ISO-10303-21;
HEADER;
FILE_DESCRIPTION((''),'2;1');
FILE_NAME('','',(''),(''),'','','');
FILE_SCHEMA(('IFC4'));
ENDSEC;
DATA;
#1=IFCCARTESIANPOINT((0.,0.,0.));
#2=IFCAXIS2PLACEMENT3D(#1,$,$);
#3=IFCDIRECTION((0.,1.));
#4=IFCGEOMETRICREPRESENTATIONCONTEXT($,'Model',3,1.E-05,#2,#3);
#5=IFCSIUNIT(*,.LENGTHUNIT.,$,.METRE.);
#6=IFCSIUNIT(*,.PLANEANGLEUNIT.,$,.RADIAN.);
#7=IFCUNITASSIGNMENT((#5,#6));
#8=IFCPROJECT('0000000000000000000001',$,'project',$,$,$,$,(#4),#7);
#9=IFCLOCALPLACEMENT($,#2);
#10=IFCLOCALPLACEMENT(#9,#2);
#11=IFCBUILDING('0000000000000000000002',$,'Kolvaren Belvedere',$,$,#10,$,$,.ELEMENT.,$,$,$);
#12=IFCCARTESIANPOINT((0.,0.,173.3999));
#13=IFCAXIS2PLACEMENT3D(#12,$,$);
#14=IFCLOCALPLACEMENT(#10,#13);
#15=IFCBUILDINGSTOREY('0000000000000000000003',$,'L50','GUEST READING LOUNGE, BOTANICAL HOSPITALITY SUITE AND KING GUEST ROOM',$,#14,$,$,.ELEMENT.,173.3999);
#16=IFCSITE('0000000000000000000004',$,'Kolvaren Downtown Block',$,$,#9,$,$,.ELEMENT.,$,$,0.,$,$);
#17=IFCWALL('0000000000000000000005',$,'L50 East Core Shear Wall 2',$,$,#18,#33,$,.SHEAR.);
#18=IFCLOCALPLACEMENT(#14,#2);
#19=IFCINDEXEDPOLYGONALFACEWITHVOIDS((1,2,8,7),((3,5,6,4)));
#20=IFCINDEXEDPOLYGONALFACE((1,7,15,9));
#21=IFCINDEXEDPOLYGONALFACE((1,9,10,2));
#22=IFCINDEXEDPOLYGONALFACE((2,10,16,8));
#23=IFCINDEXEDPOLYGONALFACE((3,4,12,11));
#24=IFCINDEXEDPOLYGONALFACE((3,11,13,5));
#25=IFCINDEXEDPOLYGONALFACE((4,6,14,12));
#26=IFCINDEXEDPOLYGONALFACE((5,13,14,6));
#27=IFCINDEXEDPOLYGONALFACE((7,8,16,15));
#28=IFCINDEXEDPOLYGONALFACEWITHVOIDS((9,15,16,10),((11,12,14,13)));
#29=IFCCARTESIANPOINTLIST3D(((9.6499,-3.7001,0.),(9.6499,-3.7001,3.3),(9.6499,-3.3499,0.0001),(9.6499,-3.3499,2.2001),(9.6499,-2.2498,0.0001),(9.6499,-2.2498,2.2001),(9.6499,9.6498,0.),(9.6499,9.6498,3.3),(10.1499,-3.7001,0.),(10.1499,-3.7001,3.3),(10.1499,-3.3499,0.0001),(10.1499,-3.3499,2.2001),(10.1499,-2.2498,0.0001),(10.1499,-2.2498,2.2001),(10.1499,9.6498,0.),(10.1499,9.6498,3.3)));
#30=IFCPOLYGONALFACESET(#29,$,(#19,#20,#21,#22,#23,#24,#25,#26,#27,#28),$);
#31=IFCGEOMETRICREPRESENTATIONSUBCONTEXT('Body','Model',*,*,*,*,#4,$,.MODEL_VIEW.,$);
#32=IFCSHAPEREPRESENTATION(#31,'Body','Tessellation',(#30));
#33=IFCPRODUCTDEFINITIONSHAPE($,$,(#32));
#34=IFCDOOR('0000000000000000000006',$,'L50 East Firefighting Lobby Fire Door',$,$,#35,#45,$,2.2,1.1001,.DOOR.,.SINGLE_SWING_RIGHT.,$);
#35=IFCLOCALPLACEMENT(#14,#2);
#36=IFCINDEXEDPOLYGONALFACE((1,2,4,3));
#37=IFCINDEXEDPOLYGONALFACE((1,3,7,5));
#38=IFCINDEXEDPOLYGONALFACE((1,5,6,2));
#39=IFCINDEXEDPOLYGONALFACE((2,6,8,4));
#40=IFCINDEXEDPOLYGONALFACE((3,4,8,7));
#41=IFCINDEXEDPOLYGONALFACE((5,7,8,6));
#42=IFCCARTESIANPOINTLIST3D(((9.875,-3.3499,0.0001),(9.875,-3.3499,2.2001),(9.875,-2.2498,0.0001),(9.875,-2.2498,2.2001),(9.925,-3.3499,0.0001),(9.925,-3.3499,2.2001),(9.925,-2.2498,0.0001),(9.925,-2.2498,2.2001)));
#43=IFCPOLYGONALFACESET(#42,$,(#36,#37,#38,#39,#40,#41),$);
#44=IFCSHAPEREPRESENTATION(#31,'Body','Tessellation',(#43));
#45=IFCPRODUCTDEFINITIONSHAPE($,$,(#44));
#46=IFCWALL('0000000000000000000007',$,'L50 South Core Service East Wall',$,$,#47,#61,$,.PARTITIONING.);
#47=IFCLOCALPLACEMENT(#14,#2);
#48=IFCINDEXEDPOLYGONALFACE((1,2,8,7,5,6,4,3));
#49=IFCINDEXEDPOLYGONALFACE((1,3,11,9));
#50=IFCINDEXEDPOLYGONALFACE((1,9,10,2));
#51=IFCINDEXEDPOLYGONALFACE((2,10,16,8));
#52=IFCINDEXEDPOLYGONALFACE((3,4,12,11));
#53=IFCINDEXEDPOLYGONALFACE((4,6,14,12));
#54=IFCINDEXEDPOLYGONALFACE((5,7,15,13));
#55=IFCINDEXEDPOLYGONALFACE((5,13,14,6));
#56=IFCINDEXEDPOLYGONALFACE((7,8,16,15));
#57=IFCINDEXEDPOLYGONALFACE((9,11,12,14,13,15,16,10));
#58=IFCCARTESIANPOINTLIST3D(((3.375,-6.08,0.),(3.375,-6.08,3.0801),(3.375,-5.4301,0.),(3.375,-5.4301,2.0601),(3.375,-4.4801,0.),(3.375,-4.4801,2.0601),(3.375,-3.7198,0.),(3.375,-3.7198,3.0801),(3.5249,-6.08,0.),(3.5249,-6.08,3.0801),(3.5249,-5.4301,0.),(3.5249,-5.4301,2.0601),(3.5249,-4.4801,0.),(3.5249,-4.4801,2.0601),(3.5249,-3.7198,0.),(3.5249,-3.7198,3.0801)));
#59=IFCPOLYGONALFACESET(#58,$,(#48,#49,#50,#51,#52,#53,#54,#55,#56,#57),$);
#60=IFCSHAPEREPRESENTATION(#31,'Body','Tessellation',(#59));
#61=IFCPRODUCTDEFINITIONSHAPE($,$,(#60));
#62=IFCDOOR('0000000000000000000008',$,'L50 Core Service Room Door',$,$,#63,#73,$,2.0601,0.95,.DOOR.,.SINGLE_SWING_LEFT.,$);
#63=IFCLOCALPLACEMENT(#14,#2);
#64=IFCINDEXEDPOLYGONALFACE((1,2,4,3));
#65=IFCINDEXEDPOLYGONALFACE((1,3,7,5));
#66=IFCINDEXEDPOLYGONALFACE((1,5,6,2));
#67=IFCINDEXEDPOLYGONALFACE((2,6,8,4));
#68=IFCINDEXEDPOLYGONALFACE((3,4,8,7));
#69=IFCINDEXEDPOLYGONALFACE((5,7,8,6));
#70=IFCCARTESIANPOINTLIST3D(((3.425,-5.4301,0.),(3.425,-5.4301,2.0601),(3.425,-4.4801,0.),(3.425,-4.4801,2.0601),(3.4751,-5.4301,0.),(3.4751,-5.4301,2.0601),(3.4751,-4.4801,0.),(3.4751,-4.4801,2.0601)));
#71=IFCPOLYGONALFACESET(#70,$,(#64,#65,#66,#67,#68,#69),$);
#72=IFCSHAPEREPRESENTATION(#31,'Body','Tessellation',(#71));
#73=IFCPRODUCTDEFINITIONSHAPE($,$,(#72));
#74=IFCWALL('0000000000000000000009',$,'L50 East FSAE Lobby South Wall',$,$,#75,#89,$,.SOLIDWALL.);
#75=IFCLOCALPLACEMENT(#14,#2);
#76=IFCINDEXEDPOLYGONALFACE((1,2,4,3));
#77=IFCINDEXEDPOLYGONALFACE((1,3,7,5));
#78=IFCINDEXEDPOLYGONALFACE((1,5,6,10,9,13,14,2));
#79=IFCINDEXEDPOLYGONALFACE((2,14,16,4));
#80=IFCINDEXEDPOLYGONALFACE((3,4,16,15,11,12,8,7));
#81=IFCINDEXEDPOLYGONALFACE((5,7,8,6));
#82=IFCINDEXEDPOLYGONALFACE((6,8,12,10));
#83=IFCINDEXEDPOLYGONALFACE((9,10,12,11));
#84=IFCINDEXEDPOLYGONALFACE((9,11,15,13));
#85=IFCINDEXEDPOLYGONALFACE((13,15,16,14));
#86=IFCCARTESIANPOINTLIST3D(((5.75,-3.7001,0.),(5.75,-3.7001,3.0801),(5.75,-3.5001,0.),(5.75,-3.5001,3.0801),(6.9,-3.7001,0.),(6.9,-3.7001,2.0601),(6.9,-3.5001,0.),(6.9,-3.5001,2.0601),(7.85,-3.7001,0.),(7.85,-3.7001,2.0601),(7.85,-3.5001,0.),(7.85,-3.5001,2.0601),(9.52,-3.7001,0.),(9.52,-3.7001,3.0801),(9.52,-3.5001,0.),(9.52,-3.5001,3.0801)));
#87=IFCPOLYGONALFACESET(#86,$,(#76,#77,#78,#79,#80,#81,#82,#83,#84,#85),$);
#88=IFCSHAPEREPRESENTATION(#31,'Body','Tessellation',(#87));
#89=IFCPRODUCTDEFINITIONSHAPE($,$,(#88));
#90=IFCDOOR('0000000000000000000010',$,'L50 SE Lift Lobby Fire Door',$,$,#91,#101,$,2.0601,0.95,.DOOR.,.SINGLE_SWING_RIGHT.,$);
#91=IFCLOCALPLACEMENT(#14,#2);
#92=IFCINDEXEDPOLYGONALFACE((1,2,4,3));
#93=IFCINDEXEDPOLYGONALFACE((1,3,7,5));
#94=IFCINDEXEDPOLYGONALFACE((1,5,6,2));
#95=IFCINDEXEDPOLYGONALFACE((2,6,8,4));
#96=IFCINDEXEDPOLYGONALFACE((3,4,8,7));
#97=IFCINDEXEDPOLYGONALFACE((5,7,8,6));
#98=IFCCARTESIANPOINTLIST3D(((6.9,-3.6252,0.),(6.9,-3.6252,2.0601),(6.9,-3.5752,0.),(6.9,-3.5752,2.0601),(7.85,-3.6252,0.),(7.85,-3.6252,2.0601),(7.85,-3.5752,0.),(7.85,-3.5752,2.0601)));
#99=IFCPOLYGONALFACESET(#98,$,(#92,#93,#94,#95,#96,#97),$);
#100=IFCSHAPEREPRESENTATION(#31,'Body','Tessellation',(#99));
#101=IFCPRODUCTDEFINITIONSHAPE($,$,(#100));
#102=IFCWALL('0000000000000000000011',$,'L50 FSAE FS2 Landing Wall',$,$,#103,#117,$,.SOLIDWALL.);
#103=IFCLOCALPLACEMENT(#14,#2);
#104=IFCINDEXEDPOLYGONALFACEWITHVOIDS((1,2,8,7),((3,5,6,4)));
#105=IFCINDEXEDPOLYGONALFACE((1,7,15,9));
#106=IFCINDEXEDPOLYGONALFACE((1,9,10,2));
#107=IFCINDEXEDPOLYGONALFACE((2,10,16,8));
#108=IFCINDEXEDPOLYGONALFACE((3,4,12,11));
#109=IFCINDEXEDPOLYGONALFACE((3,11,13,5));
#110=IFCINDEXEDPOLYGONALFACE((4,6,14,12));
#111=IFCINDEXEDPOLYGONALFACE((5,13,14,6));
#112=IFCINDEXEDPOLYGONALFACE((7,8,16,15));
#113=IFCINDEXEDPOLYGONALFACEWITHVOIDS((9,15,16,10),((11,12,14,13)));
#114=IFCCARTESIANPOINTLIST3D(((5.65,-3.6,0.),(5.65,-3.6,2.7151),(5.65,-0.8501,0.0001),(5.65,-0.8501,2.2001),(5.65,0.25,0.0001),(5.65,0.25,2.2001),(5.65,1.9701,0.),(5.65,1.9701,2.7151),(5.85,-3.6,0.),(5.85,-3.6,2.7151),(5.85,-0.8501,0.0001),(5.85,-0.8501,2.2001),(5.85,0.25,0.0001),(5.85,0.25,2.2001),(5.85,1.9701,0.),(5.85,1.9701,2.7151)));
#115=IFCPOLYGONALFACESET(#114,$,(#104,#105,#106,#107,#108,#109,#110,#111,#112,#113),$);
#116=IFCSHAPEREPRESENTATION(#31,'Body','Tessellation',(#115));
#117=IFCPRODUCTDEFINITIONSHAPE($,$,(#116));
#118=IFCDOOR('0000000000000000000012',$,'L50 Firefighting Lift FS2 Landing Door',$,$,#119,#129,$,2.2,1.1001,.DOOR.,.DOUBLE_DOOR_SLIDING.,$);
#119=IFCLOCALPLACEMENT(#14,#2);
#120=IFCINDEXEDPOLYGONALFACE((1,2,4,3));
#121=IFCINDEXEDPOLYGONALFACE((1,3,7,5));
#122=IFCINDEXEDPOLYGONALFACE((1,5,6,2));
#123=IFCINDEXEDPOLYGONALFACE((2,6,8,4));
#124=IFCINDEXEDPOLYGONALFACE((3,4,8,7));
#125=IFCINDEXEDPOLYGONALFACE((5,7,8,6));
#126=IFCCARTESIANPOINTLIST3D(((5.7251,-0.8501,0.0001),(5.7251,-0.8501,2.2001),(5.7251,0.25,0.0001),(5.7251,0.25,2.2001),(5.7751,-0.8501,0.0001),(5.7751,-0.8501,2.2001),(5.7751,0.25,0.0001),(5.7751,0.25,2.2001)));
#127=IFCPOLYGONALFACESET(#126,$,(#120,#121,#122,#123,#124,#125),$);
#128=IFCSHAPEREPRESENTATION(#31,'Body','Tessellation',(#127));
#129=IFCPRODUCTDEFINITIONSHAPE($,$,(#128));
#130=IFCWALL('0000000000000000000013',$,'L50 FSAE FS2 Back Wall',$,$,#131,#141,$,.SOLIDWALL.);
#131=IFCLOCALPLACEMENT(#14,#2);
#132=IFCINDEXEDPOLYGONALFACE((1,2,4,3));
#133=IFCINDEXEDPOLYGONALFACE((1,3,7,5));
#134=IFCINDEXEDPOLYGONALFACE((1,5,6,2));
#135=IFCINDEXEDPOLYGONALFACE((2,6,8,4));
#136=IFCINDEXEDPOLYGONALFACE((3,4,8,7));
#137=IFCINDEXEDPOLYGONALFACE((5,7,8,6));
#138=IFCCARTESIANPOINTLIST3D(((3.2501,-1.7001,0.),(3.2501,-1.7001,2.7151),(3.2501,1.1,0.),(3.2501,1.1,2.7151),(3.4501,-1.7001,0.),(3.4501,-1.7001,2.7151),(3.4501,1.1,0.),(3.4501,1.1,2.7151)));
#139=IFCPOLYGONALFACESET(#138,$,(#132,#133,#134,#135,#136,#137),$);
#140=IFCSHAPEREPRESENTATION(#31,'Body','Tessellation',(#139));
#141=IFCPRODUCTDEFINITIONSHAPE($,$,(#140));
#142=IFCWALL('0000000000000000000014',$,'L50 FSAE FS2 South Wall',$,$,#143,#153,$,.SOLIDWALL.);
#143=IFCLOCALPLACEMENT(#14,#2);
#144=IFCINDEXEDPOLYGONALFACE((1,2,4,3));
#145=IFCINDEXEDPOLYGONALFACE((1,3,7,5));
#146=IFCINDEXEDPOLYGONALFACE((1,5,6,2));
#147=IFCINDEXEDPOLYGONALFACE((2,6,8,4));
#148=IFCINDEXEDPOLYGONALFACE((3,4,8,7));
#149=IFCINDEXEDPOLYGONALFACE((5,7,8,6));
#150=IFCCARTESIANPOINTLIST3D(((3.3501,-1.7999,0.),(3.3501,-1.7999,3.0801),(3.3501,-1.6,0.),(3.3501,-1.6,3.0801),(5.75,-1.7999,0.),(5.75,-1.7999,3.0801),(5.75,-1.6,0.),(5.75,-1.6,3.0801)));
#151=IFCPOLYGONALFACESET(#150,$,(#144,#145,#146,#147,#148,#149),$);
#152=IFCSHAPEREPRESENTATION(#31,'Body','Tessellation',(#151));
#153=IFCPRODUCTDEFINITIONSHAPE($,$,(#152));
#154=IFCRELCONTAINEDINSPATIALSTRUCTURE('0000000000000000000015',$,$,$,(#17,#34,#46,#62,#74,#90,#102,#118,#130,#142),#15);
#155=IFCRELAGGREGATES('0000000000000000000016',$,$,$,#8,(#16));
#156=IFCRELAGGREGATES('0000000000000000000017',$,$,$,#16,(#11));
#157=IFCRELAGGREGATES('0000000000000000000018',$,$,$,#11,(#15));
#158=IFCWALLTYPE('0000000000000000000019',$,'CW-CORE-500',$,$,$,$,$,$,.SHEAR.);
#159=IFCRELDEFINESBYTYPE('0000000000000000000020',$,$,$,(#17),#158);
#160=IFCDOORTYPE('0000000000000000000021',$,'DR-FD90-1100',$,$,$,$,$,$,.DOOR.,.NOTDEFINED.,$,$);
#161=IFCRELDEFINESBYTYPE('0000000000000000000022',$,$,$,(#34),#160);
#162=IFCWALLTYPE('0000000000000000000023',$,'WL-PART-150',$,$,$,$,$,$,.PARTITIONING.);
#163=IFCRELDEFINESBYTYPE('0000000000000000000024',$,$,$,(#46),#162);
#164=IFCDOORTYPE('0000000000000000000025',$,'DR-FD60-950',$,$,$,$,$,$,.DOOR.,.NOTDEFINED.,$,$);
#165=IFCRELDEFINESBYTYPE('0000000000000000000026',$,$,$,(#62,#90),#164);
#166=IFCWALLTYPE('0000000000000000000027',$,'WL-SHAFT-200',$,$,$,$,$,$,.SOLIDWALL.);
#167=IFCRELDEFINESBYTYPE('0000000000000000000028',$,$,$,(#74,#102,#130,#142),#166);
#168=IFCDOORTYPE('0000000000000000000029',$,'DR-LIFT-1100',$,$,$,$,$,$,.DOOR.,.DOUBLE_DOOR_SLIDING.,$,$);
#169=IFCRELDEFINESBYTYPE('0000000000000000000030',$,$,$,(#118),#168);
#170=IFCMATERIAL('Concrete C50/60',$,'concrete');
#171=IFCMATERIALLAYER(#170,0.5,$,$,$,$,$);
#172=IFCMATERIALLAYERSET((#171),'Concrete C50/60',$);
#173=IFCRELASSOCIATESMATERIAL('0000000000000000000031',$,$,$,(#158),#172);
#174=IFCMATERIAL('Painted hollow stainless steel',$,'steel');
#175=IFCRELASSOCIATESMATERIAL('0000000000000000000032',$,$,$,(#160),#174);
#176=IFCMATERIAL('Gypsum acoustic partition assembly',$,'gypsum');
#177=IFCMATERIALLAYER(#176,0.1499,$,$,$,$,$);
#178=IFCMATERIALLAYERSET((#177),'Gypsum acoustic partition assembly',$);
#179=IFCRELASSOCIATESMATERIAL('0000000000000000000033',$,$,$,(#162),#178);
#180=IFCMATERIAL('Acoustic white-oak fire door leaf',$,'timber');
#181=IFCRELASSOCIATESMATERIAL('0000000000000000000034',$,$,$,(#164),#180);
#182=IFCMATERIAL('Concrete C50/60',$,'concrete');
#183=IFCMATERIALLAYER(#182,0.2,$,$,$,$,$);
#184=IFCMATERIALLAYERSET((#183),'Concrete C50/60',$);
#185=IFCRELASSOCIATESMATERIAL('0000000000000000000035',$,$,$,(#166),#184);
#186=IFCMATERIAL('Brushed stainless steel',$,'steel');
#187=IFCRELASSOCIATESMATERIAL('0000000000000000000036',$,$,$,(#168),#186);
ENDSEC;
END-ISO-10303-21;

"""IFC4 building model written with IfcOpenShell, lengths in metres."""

from ifc_helpers import new_model, si_unit, direction, frame, frame_2d, origin, place, context, subcontext, project, spatial, rectangle, extrude, material, layer, layer_set, type_object, element, fill, save


model = new_model("IFC4")

# Units and contexts
model_context = context("Model", 3, precision=1e-05, world=origin(), true_north=direction((0.0, 1.0)))
body_context = subcontext(model_context, "Body", "Model", "MODEL_VIEW")
ifc_project = project(units=[si_unit("LENGTHUNIT", "METRE"), si_unit("PLANEANGLEUNIT", "RADIAN")], contexts=[model_context])

# Site, building, storey
site_placement = place(None, origin())
site = spatial("IfcSite", under=ifc_project, at=site_placement, Name="Kolvaren Downtown Block", CompositionType="ELEMENT", RefElevation=0.0)
building_placement = place(site_placement, origin())
building = spatial("IfcBuilding", under=site, at=building_placement, Name="Kolvaren Belvedere", CompositionType="ELEMENT")
storey_placement = place(building_placement, frame((0.0, 0.0, 173.3999)))
storey = spatial("IfcBuildingStorey", under=building, at=storey_placement, Name="L50", Description="GUEST READING LOUNGE, BOTANICAL HOSPITALITY SUITE AND KING GUEST ROOM", CompositionType="ELEMENT", Elevation=173.3999)

# Walls, openings, doors
ifc_material_1 = material(Name="Concrete C50/60", Category="concrete")
ifc_layer_1 = layer(ifc_material_1, 0.5)
ifc_layer_set_1 = layer_set([ifc_layer_1], Name="Concrete C50/60")
wall_type_1 = type_object("IfcWallType", Name="CW-CORE-500", PredefinedType="SHEAR", material=ifc_layer_set_1)
wall_1_placement = place(storey_placement, frame((9.8999, -3.7, 0.0), z_axis=(0.0, 0.0, 1.0), x_axis=(0.0, 1.0, 0.0)))
wall_1 = element("IfcWall", 1, at=wall_1_placement, inside=storey, type_object=wall_type_1, Name="L50 East Core Shear Wall 2", PredefinedType="SHEAR", context=body_context, shape_type="SweptSolid", body=[
    extrude(rectangle(XDim=13.3499, YDim=0.5, at=frame_2d((6.6748, 0.0))), origin(), (0.0, 0.0, 1.0), 3.3),
])
opening_1_placement = place(wall_1_placement, frame((0.3501, 0.0, 0.0)))
opening_1 = element("IfcOpeningElement", 2, at=opening_1_placement, cuts=wall_1, PredefinedType="OPENING", context=body_context, shape_type="SweptSolid", body=[
    extrude(rectangle(XDim=1.1001, YDim=2.2, at=frame_2d((0.55, 1.1001))), frame((0.0, 0.26, 0.0), z_axis=(0.0, -1.0, 0.0), x_axis=(1.0, 0.0, 0.0)), (0.0, 0.0, 1.0), 0.52),
])
ifc_material_2 = material(Name="Painted hollow stainless steel", Category="steel")
door_type_1 = type_object("IfcDoorType", Name="DR-FD90-1100", OperationType="NOTDEFINED", PredefinedType="DOOR", material=ifc_material_2)
door_1_placement = place(opening_1_placement, origin())
door_1 = element("IfcDoor", 3, at=door_1_placement, inside=storey, type_object=door_type_1, Name="L50 East Firefighting Lobby Fire Door", OperationType="SINGLE_SWING_RIGHT", OverallHeight=2.2, OverallWidth=1.1001, PredefinedType="DOOR", context=body_context, shape_type="SweptSolid", body=[
    extrude(rectangle(XDim=1.1001, YDim=2.2, at=frame_2d((0.55, 1.1001))), frame((0.0, 0.0249, 0.0), z_axis=(0.0, -1.0, 0.0), x_axis=(1.0, 0.0, 0.0)), (0.0, 0.0, 1.0), 0.05),
])
fill(opening_1, door_1)
ifc_material_3 = material(Name="Gypsum acoustic partition assembly", Category="gypsum")
ifc_layer_2 = layer(ifc_material_3, 0.1499)
ifc_layer_set_2 = layer_set([ifc_layer_2], Name="Gypsum acoustic partition assembly")
wall_type_2 = type_object("IfcWallType", Name="WL-PART-150", PredefinedType="PARTITIONING", material=ifc_layer_set_2)
wall_2_placement = place(storey_placement, frame((3.45, -6.0801, 0.0), z_axis=(0.0, 0.0, 1.0), x_axis=(0.0, 1.0, 0.0)))
wall_2 = element("IfcWall", 4, at=wall_2_placement, inside=storey, type_object=wall_type_2, Name="L50 South Core Service East Wall", PredefinedType="PARTITIONING", context=body_context, shape_type="SweptSolid", body=[
    extrude(rectangle(XDim=2.3601, YDim=0.1499, at=frame_2d((1.1802, 0.0))), origin(), (0.0, 0.0, 1.0), 3.0801),
])
opening_2_placement = place(wall_2_placement, frame((0.6499, 0.0, 0.0)))
opening_2 = element("IfcOpeningElement", 5, at=opening_2_placement, cuts=wall_2, PredefinedType="OPENING", context=body_context, shape_type="SweptSolid", body=[
    extrude(rectangle(XDim=0.95, YDim=2.0601, at=frame_2d((0.4751, 1.03))), frame((0.0, 0.085, 0.0), z_axis=(0.0, -1.0, 0.0), x_axis=(1.0, 0.0, 0.0)), (0.0, 0.0, 1.0), 0.1699),
])
ifc_material_4 = material(Name="Acoustic white-oak fire door leaf", Category="timber")
door_type_2 = type_object("IfcDoorType", Name="DR-FD60-950", OperationType="NOTDEFINED", PredefinedType="DOOR", material=ifc_material_4)
door_2_placement = place(opening_2_placement, origin())
door_2 = element("IfcDoor", 6, at=door_2_placement, inside=storey, type_object=door_type_2, Name="L50 Core Service Room Door", OperationType="SINGLE_SWING_LEFT", OverallHeight=2.0601, OverallWidth=0.95, PredefinedType="DOOR", context=body_context, shape_type="SweptSolid", body=[
    extrude(rectangle(XDim=0.95, YDim=2.0601, at=frame_2d((0.4751, 1.03))), frame((0.0, 0.0249, 0.0), z_axis=(0.0, -1.0, 0.0), x_axis=(1.0, 0.0, 0.0)), (0.0, 0.0, 1.0), 0.05),
])
fill(opening_2, door_2)
ifc_material_5 = material(Name="Concrete C50/60", Category="concrete")
ifc_layer_3 = layer(ifc_material_5, 0.2)
ifc_layer_set_3 = layer_set([ifc_layer_3], Name="Concrete C50/60")
wall_type_3 = type_object("IfcWallType", Name="WL-SHAFT-200", PredefinedType="SOLIDWALL", material=ifc_layer_set_3)
wall_3_placement = place(storey_placement, frame((5.75, -3.6001, 0.0), z_axis=(0.0, 0.0, 1.0), x_axis=(1.0, 0.0, 0.0)))
wall_3 = element("IfcWall", 7, at=wall_3_placement, inside=storey, type_object=wall_type_3, Name="L50 East FSAE Lobby South Wall", PredefinedType="SOLIDWALL", context=body_context, shape_type="SweptSolid", body=[
    extrude(rectangle(XDim=3.77, YDim=0.2, at=frame_2d((1.885, 0.0))), origin(), (0.0, 0.0, 1.0), 3.0801),
])
opening_3_placement = place(wall_3_placement, frame((1.1499, 0.0, 0.0)))
opening_3 = element("IfcOpeningElement", 8, at=opening_3_placement, cuts=wall_3, PredefinedType="OPENING", context=body_context, shape_type="SweptSolid", body=[
    extrude(rectangle(XDim=0.95, YDim=2.0601, at=frame_2d((0.4751, 1.03))), frame((0.0, 0.1099, 0.0), z_axis=(0.0, -1.0, 0.0), x_axis=(1.0, 0.0, 0.0)), (0.0, 0.0, 1.0), 0.22),
])
door_3_placement = place(opening_3_placement, origin())
door_3 = element("IfcDoor", 9, at=door_3_placement, inside=storey, type_object=door_type_2, Name="L50 SE Lift Lobby Fire Door", OperationType="SINGLE_SWING_RIGHT", OverallHeight=2.0601, OverallWidth=0.95, PredefinedType="DOOR", context=body_context, shape_type="SweptSolid", body=[
    extrude(rectangle(XDim=0.95, YDim=2.0601, at=frame_2d((0.4751, 1.03))), frame((0.0, 0.0249, 0.0), z_axis=(0.0, -1.0, 0.0), x_axis=(1.0, 0.0, 0.0)), (0.0, 0.0, 1.0), 0.05),
])
fill(opening_3, door_3)
wall_4_placement = place(storey_placement, frame((5.75, -3.6001, 0.0), z_axis=(0.0, 0.0, 1.0), x_axis=(0.0, 1.0, 0.0)))
wall_4 = element("IfcWall", 10, at=wall_4_placement, inside=storey, type_object=wall_type_3, Name="L50 FSAE FS2 Landing Wall", PredefinedType="SOLIDWALL", context=body_context, shape_type="SweptSolid", body=[
    extrude(rectangle(XDim=5.5701, YDim=0.2, at=frame_2d((2.7852, 0.0))), origin(), (0.0, 0.0, 1.0), 2.7151),
])
opening_4_placement = place(wall_4_placement, frame((2.75, 0.0, 0.0)))
opening_4 = element("IfcOpeningElement", 11, at=opening_4_placement, cuts=wall_4, PredefinedType="OPENING", context=body_context, shape_type="SweptSolid", body=[
    extrude(rectangle(XDim=1.1001, YDim=2.2, at=frame_2d((0.55, 1.1001))), frame((0.0, 0.1099, 0.0), z_axis=(0.0, -1.0, 0.0), x_axis=(1.0, 0.0, 0.0)), (0.0, 0.0, 1.0), 0.22),
])
ifc_material_6 = material(Name="Brushed stainless steel", Category="steel")
door_type_3 = type_object("IfcDoorType", Name="DR-LIFT-1100", OperationType="DOUBLE_DOOR_SLIDING", PredefinedType="DOOR", material=ifc_material_6)
door_4_placement = place(opening_4_placement, origin())
door_4 = element("IfcDoor", 12, at=door_4_placement, inside=storey, type_object=door_type_3, Name="L50 Firefighting Lift FS2 Landing Door", OperationType="DOUBLE_DOOR_SLIDING", OverallHeight=2.2, OverallWidth=1.1001, PredefinedType="DOOR", context=body_context, shape_type="SweptSolid", body=[
    extrude(rectangle(XDim=1.1001, YDim=2.2, at=frame_2d((0.55, 1.1001))), frame((0.0, 0.0249, 0.0), z_axis=(0.0, -1.0, 0.0), x_axis=(1.0, 0.0, 0.0)), (0.0, 0.0, 1.0), 0.05),
])
fill(opening_4, door_4)

# Walls
wall_5_placement = place(storey_placement, frame((3.3501, -1.7, 0.0), z_axis=(0.0, 0.0, 1.0), x_axis=(0.0, 1.0, 0.0)))
element("IfcWall", 13, at=wall_5_placement, inside=storey, type_object=wall_type_3, Name="L50 FSAE FS2 Back Wall", PredefinedType="SOLIDWALL", context=body_context, shape_type="SweptSolid", body=[
    extrude(rectangle(XDim=2.8, YDim=0.2, at=frame_2d((1.3999, 0.0))), origin(), (0.0, 0.0, 1.0), 2.7151),
])
wall_6_placement = place(storey_placement, frame((3.3501, -1.7, 0.0), z_axis=(0.0, 0.0, 1.0), x_axis=(1.0, 0.0, 0.0)))
element("IfcWall", 14, at=wall_6_placement, inside=storey, type_object=wall_type_3, Name="L50 FSAE FS2 South Wall", PredefinedType="SOLIDWALL", context=body_context, shape_type="SweptSolid", body=[
    extrude(rectangle(XDim=2.3999, YDim=0.2, at=frame_2d((1.2, 0.0))), origin(), (0.0, 0.0, 1.0), 3.0801),
])

save(model, "model.ifc")
